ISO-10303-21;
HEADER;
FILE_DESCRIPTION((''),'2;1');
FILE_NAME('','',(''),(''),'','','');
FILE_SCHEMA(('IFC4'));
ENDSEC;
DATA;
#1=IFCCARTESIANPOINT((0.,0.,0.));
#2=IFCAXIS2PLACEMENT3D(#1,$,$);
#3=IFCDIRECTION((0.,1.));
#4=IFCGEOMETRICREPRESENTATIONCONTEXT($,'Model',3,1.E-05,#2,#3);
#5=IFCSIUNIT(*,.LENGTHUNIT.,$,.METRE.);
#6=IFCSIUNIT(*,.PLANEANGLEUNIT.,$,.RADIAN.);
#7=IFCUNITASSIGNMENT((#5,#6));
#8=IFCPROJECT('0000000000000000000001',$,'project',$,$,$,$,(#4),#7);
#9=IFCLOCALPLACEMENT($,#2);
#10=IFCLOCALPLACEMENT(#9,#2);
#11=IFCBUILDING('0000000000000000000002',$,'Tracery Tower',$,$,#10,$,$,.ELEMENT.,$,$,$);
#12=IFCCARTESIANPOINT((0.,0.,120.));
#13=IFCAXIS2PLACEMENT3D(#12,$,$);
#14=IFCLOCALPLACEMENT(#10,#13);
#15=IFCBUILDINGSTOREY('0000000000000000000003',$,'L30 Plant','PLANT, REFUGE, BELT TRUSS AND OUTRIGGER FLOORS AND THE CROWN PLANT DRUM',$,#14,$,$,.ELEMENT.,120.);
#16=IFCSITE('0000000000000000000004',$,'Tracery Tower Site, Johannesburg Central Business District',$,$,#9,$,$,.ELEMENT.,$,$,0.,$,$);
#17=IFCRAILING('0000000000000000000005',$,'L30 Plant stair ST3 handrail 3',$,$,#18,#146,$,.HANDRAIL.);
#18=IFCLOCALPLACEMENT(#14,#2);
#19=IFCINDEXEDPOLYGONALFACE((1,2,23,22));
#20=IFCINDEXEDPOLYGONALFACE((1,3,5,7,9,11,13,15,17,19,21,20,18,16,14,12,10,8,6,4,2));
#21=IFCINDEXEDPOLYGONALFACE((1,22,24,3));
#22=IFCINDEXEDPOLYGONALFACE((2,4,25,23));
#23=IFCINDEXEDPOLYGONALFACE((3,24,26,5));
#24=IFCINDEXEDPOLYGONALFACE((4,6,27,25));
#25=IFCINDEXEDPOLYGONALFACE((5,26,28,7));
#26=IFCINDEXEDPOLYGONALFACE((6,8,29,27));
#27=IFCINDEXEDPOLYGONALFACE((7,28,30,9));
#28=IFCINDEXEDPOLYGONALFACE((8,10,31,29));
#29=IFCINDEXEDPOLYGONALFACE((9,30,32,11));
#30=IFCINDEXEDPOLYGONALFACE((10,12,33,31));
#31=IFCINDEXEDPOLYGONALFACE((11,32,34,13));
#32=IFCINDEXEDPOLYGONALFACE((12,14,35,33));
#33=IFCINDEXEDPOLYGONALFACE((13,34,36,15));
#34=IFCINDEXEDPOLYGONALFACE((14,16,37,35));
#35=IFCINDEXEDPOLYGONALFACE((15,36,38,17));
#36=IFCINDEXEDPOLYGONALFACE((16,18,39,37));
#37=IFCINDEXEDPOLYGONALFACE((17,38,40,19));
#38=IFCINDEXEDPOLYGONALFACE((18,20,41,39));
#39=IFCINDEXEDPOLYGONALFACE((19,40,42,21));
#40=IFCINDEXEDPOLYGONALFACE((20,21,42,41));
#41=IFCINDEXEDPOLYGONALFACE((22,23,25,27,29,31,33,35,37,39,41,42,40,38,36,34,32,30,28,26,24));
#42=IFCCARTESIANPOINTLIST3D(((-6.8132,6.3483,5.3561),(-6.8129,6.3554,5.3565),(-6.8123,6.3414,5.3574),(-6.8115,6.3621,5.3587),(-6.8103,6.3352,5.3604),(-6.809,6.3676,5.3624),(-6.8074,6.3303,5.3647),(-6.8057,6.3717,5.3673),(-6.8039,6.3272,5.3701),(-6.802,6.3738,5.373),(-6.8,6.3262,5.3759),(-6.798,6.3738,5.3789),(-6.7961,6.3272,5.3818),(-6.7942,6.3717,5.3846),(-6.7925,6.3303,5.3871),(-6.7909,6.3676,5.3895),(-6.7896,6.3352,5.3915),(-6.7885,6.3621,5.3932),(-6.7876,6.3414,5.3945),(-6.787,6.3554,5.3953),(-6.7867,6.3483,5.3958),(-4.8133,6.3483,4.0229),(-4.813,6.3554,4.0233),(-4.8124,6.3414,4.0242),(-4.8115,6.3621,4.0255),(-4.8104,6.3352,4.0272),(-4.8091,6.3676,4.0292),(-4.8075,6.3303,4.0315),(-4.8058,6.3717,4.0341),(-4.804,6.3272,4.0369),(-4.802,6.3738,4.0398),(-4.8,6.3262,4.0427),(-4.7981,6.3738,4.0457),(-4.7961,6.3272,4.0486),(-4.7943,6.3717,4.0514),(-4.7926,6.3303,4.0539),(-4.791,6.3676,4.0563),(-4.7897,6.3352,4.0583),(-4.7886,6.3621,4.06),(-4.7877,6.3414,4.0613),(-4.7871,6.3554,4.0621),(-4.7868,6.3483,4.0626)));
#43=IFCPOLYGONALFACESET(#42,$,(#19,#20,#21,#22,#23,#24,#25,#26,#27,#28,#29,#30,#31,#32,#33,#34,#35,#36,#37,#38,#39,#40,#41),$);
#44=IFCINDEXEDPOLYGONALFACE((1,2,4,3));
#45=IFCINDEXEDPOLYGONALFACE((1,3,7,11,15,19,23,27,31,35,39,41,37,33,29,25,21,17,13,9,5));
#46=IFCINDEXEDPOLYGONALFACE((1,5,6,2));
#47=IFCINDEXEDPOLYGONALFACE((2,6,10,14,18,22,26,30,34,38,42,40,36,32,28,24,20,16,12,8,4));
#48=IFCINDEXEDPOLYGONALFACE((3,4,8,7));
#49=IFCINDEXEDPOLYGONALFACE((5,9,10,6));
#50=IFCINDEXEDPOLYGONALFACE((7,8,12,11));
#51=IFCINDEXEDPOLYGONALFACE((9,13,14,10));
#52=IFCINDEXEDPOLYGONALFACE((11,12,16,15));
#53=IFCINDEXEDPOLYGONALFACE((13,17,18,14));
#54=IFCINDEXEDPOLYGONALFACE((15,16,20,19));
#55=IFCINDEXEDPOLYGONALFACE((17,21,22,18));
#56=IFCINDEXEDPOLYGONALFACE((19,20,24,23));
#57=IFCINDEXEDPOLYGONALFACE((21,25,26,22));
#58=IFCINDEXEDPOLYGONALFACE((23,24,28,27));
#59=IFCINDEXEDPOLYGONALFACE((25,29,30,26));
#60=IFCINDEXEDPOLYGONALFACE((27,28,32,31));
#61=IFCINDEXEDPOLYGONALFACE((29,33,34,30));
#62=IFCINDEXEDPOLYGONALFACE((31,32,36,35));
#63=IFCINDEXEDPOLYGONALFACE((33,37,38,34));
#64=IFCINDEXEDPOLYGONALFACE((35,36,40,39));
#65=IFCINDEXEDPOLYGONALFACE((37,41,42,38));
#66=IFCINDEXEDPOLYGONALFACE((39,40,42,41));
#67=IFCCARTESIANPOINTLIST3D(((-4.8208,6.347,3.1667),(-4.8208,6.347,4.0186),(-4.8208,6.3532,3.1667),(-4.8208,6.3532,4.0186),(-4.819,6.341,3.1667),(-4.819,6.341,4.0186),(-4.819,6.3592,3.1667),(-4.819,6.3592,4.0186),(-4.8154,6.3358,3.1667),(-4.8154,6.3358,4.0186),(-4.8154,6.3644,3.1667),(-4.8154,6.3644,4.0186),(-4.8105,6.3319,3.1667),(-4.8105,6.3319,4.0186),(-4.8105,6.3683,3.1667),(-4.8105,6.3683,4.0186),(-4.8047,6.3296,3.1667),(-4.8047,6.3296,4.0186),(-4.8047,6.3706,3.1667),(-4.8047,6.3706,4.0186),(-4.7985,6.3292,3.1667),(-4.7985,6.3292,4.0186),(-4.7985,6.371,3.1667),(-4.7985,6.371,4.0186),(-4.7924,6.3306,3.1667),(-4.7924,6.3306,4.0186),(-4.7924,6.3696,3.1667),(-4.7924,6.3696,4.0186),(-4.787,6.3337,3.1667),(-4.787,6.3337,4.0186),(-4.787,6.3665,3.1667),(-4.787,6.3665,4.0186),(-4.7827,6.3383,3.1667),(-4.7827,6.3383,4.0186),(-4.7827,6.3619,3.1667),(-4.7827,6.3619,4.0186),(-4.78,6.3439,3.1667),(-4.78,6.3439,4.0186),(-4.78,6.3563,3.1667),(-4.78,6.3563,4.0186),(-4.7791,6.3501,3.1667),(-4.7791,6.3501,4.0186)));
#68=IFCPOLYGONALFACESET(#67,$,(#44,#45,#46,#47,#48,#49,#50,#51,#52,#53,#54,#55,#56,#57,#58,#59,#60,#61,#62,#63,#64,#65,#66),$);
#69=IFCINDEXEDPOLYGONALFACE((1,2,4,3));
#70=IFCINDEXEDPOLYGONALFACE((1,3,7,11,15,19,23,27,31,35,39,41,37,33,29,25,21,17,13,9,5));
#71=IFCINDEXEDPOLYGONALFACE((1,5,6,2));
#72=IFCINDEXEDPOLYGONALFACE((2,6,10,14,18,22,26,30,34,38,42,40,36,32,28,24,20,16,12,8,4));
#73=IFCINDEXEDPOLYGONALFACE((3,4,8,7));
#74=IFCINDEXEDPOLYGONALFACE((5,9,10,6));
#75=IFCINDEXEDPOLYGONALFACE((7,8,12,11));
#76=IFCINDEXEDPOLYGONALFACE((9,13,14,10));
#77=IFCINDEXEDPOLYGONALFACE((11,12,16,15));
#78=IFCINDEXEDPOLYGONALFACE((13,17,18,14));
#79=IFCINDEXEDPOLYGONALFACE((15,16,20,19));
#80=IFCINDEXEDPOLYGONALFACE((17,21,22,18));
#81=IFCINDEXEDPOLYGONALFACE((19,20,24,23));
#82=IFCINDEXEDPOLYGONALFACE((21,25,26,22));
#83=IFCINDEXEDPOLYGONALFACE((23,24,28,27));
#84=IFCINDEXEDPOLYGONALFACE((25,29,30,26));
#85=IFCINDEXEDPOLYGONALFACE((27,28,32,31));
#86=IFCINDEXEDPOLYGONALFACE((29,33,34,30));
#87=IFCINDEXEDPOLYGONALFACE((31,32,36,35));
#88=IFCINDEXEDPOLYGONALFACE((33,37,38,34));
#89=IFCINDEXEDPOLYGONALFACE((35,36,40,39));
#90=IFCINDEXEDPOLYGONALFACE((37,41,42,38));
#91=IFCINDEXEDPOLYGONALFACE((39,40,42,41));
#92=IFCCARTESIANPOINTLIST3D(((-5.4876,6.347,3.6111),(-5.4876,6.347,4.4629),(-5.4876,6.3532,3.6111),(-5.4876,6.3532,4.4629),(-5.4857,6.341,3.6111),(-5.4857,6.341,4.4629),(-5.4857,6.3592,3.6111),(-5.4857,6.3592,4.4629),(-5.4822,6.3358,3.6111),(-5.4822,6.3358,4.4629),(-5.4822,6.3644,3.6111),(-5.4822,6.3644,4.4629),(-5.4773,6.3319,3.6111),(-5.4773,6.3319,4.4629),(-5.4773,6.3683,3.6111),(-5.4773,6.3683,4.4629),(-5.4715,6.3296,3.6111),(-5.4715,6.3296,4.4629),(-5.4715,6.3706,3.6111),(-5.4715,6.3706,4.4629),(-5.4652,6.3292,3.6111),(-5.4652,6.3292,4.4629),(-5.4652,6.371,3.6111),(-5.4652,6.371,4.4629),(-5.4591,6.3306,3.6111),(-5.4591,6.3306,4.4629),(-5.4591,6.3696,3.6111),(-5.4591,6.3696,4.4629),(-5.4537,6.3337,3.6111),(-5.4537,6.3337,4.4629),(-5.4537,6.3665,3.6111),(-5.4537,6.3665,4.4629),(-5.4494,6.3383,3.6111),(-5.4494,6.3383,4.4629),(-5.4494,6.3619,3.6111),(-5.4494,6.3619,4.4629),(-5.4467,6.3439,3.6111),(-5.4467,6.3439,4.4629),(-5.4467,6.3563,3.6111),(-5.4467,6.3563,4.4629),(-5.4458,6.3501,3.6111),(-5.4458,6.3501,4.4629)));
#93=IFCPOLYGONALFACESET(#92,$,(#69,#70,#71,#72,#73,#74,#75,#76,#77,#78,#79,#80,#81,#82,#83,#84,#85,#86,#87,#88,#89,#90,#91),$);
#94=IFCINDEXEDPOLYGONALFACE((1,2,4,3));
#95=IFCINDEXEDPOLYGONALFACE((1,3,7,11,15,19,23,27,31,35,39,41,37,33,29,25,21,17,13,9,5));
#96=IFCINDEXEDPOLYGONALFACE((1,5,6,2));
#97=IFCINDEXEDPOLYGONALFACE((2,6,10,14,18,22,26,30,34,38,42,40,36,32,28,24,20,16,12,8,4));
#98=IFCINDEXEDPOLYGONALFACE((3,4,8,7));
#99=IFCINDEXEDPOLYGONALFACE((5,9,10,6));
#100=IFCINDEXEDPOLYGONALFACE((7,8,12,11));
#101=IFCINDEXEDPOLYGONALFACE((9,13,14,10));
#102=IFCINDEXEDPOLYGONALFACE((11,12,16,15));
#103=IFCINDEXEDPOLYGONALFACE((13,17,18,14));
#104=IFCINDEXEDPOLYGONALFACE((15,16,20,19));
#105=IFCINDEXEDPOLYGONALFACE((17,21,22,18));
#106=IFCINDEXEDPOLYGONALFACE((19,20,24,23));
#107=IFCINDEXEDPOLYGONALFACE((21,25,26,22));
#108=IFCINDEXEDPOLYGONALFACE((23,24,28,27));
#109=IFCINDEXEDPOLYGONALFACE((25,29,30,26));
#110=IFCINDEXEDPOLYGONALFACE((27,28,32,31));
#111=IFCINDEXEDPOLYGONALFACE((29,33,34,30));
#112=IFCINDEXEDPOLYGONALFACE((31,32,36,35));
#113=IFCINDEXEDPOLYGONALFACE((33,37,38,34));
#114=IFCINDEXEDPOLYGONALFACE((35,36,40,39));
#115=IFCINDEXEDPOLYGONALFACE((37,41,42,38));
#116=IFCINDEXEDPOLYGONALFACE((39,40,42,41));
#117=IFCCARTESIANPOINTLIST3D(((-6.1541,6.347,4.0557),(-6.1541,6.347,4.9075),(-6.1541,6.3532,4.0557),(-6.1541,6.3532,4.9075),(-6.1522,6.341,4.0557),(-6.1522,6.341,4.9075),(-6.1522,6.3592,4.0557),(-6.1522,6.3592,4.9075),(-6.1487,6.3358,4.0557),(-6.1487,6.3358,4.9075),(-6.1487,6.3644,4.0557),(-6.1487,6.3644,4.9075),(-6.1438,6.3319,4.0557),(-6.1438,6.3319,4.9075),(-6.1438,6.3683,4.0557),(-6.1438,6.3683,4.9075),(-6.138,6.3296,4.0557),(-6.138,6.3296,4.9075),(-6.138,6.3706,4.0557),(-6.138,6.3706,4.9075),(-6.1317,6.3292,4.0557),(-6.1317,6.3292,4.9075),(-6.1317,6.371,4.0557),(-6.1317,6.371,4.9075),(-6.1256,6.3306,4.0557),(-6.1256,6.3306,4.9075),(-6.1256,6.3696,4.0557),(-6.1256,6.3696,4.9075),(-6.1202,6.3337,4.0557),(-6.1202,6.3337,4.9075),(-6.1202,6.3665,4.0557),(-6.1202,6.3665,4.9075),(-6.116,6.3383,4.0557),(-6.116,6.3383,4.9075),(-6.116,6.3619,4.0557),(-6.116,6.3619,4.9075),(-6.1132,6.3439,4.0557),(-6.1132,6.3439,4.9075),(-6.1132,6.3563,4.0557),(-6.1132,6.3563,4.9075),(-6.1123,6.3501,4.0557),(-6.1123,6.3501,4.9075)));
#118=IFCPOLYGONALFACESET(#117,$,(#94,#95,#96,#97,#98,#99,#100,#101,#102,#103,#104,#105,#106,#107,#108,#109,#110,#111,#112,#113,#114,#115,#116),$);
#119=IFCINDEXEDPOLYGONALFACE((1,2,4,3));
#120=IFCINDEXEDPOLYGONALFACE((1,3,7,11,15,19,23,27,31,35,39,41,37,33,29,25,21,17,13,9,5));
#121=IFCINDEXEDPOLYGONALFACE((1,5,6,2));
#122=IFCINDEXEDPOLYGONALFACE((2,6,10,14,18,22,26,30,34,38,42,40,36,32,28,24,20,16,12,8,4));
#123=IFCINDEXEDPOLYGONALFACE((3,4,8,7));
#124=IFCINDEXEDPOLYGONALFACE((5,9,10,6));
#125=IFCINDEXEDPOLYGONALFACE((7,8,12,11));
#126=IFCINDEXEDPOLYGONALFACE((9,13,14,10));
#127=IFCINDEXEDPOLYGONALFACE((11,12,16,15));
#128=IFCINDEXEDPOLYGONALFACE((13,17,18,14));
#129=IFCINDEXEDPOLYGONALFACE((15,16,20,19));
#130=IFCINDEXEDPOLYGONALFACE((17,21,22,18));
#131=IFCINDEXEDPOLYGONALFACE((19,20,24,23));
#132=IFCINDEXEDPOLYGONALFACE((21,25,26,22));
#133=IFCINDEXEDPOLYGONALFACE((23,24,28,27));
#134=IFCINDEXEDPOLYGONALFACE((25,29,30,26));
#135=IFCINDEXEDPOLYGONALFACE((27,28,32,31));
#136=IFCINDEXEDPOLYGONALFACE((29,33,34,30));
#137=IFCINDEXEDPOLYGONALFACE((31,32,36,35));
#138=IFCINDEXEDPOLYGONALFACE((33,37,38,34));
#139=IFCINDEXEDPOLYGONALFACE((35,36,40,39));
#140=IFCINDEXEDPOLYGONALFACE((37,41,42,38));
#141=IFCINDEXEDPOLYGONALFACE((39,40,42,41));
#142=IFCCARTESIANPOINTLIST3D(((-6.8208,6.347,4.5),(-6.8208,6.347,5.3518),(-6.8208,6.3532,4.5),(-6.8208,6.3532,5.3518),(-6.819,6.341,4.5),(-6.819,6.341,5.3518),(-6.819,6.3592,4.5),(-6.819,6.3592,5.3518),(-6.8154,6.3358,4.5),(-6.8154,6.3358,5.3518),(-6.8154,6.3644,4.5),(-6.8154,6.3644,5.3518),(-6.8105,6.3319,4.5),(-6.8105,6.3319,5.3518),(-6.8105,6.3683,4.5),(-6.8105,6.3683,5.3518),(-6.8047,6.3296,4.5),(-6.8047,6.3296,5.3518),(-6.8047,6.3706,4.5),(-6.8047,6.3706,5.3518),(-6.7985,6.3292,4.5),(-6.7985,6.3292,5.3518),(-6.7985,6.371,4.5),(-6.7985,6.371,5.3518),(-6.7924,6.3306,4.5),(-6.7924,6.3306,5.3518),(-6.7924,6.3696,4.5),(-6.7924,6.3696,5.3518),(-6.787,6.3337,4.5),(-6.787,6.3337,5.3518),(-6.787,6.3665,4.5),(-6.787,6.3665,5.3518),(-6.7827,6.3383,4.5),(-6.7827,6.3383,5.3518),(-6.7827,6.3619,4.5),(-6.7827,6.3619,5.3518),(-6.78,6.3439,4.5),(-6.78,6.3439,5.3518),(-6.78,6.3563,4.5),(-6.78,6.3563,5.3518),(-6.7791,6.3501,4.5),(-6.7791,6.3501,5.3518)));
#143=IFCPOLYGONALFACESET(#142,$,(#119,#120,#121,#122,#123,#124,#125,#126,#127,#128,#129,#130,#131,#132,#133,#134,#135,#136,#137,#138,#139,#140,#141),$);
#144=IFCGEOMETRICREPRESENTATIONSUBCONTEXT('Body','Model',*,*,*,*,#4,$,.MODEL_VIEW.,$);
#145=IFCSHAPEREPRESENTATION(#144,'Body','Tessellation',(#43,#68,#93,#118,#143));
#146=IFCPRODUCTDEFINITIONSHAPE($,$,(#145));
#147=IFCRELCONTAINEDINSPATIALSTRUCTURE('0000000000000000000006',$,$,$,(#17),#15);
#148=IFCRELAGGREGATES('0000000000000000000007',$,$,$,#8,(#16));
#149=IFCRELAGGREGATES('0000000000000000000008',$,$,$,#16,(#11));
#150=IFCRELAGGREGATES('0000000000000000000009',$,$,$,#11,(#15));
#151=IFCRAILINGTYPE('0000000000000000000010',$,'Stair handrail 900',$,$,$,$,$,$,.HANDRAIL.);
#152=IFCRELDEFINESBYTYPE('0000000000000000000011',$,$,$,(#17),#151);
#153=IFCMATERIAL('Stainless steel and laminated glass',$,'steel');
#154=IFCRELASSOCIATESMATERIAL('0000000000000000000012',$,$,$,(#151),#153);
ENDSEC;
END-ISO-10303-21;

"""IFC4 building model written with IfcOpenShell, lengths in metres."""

from ifc_helpers import new_model, si_unit, direction, frame, origin, origin_2d, place, context, subcontext, project, spatial, circle, extrude, material, type_object, element, save


model = new_model("IFC4")

# Units and contexts
model_context = context("Model", 3, precision=1e-05, world=origin(), true_north=direction((0.0, 1.0)))
body_context = subcontext(model_context, "Body", "Model", "MODEL_VIEW")
ifc_project = project(units=[si_unit("LENGTHUNIT", "METRE"), si_unit("PLANEANGLEUNIT", "RADIAN")], contexts=[model_context])

# Site, building, storey
site_placement = place(None, origin())
site = spatial("IfcSite", under=ifc_project, at=site_placement, Name="Tracery Tower Site, Johannesburg Central Business District", CompositionType="ELEMENT", RefElevation=0.0)
building_placement = place(site_placement, origin())
building = spatial("IfcBuilding", under=site, at=building_placement, Name="Tracery Tower", CompositionType="ELEMENT")
storey_placement = place(building_placement, frame((0.0, 0.0, 120.0)))
storey = spatial("IfcBuildingStorey", under=building, at=storey_placement, Name="L30 Plant", Description="PLANT, REFUGE, BELT TRUSS AND OUTRIGGER FLOORS AND THE CROWN PLANT DRUM", CompositionType="ELEMENT", Elevation=120.0)

# Railing
ifc_material_1 = material(Name="Stainless steel and laminated glass", Category="steel")
railing_type_1 = type_object("IfcRailingType", Name="Stair handrail 900", PredefinedType="HANDRAIL", material=ifc_material_1)
railing_1_placement = place(storey_placement, frame((-4.8, 6.3501, 3.1667)))
element("IfcRailing", 1, at=railing_1_placement, inside=storey, type_object=railing_type_1, Name="L30 Plant stair ST3 handrail 3", PredefinedType="HANDRAIL", context=body_context, shape_type="SweptSolid", body=[
    extrude(circle(Radius=0.0239, at=origin_2d()), frame((0.0, 0.0, 0.876), z_axis=(-0.832066, 0.0, 0.554677), x_axis=(0.0, -1.0, 0.0)), (0.0, 0.0, 1.0), 2.4036),
    extrude(circle(Radius=0.021, at=origin_2d()), origin(), (0.0, 0.0, 1.0), 0.8518),
    extrude(circle(Radius=0.021, at=origin_2d()), frame((-0.6667, 0.0, 0.4443)), (0.0, 0.0, 1.0), 0.8518),
    extrude(circle(Radius=0.021, at=origin_2d()), frame((-1.3333, 0.0, 0.8889)), (0.0, 0.0, 1.0), 0.8518),
    extrude(circle(Radius=0.021, at=origin_2d()), frame((-2.0, 0.0, 1.3333)), (0.0, 0.0, 1.0), 0.8518),
])

save(model, "model.ifc")
